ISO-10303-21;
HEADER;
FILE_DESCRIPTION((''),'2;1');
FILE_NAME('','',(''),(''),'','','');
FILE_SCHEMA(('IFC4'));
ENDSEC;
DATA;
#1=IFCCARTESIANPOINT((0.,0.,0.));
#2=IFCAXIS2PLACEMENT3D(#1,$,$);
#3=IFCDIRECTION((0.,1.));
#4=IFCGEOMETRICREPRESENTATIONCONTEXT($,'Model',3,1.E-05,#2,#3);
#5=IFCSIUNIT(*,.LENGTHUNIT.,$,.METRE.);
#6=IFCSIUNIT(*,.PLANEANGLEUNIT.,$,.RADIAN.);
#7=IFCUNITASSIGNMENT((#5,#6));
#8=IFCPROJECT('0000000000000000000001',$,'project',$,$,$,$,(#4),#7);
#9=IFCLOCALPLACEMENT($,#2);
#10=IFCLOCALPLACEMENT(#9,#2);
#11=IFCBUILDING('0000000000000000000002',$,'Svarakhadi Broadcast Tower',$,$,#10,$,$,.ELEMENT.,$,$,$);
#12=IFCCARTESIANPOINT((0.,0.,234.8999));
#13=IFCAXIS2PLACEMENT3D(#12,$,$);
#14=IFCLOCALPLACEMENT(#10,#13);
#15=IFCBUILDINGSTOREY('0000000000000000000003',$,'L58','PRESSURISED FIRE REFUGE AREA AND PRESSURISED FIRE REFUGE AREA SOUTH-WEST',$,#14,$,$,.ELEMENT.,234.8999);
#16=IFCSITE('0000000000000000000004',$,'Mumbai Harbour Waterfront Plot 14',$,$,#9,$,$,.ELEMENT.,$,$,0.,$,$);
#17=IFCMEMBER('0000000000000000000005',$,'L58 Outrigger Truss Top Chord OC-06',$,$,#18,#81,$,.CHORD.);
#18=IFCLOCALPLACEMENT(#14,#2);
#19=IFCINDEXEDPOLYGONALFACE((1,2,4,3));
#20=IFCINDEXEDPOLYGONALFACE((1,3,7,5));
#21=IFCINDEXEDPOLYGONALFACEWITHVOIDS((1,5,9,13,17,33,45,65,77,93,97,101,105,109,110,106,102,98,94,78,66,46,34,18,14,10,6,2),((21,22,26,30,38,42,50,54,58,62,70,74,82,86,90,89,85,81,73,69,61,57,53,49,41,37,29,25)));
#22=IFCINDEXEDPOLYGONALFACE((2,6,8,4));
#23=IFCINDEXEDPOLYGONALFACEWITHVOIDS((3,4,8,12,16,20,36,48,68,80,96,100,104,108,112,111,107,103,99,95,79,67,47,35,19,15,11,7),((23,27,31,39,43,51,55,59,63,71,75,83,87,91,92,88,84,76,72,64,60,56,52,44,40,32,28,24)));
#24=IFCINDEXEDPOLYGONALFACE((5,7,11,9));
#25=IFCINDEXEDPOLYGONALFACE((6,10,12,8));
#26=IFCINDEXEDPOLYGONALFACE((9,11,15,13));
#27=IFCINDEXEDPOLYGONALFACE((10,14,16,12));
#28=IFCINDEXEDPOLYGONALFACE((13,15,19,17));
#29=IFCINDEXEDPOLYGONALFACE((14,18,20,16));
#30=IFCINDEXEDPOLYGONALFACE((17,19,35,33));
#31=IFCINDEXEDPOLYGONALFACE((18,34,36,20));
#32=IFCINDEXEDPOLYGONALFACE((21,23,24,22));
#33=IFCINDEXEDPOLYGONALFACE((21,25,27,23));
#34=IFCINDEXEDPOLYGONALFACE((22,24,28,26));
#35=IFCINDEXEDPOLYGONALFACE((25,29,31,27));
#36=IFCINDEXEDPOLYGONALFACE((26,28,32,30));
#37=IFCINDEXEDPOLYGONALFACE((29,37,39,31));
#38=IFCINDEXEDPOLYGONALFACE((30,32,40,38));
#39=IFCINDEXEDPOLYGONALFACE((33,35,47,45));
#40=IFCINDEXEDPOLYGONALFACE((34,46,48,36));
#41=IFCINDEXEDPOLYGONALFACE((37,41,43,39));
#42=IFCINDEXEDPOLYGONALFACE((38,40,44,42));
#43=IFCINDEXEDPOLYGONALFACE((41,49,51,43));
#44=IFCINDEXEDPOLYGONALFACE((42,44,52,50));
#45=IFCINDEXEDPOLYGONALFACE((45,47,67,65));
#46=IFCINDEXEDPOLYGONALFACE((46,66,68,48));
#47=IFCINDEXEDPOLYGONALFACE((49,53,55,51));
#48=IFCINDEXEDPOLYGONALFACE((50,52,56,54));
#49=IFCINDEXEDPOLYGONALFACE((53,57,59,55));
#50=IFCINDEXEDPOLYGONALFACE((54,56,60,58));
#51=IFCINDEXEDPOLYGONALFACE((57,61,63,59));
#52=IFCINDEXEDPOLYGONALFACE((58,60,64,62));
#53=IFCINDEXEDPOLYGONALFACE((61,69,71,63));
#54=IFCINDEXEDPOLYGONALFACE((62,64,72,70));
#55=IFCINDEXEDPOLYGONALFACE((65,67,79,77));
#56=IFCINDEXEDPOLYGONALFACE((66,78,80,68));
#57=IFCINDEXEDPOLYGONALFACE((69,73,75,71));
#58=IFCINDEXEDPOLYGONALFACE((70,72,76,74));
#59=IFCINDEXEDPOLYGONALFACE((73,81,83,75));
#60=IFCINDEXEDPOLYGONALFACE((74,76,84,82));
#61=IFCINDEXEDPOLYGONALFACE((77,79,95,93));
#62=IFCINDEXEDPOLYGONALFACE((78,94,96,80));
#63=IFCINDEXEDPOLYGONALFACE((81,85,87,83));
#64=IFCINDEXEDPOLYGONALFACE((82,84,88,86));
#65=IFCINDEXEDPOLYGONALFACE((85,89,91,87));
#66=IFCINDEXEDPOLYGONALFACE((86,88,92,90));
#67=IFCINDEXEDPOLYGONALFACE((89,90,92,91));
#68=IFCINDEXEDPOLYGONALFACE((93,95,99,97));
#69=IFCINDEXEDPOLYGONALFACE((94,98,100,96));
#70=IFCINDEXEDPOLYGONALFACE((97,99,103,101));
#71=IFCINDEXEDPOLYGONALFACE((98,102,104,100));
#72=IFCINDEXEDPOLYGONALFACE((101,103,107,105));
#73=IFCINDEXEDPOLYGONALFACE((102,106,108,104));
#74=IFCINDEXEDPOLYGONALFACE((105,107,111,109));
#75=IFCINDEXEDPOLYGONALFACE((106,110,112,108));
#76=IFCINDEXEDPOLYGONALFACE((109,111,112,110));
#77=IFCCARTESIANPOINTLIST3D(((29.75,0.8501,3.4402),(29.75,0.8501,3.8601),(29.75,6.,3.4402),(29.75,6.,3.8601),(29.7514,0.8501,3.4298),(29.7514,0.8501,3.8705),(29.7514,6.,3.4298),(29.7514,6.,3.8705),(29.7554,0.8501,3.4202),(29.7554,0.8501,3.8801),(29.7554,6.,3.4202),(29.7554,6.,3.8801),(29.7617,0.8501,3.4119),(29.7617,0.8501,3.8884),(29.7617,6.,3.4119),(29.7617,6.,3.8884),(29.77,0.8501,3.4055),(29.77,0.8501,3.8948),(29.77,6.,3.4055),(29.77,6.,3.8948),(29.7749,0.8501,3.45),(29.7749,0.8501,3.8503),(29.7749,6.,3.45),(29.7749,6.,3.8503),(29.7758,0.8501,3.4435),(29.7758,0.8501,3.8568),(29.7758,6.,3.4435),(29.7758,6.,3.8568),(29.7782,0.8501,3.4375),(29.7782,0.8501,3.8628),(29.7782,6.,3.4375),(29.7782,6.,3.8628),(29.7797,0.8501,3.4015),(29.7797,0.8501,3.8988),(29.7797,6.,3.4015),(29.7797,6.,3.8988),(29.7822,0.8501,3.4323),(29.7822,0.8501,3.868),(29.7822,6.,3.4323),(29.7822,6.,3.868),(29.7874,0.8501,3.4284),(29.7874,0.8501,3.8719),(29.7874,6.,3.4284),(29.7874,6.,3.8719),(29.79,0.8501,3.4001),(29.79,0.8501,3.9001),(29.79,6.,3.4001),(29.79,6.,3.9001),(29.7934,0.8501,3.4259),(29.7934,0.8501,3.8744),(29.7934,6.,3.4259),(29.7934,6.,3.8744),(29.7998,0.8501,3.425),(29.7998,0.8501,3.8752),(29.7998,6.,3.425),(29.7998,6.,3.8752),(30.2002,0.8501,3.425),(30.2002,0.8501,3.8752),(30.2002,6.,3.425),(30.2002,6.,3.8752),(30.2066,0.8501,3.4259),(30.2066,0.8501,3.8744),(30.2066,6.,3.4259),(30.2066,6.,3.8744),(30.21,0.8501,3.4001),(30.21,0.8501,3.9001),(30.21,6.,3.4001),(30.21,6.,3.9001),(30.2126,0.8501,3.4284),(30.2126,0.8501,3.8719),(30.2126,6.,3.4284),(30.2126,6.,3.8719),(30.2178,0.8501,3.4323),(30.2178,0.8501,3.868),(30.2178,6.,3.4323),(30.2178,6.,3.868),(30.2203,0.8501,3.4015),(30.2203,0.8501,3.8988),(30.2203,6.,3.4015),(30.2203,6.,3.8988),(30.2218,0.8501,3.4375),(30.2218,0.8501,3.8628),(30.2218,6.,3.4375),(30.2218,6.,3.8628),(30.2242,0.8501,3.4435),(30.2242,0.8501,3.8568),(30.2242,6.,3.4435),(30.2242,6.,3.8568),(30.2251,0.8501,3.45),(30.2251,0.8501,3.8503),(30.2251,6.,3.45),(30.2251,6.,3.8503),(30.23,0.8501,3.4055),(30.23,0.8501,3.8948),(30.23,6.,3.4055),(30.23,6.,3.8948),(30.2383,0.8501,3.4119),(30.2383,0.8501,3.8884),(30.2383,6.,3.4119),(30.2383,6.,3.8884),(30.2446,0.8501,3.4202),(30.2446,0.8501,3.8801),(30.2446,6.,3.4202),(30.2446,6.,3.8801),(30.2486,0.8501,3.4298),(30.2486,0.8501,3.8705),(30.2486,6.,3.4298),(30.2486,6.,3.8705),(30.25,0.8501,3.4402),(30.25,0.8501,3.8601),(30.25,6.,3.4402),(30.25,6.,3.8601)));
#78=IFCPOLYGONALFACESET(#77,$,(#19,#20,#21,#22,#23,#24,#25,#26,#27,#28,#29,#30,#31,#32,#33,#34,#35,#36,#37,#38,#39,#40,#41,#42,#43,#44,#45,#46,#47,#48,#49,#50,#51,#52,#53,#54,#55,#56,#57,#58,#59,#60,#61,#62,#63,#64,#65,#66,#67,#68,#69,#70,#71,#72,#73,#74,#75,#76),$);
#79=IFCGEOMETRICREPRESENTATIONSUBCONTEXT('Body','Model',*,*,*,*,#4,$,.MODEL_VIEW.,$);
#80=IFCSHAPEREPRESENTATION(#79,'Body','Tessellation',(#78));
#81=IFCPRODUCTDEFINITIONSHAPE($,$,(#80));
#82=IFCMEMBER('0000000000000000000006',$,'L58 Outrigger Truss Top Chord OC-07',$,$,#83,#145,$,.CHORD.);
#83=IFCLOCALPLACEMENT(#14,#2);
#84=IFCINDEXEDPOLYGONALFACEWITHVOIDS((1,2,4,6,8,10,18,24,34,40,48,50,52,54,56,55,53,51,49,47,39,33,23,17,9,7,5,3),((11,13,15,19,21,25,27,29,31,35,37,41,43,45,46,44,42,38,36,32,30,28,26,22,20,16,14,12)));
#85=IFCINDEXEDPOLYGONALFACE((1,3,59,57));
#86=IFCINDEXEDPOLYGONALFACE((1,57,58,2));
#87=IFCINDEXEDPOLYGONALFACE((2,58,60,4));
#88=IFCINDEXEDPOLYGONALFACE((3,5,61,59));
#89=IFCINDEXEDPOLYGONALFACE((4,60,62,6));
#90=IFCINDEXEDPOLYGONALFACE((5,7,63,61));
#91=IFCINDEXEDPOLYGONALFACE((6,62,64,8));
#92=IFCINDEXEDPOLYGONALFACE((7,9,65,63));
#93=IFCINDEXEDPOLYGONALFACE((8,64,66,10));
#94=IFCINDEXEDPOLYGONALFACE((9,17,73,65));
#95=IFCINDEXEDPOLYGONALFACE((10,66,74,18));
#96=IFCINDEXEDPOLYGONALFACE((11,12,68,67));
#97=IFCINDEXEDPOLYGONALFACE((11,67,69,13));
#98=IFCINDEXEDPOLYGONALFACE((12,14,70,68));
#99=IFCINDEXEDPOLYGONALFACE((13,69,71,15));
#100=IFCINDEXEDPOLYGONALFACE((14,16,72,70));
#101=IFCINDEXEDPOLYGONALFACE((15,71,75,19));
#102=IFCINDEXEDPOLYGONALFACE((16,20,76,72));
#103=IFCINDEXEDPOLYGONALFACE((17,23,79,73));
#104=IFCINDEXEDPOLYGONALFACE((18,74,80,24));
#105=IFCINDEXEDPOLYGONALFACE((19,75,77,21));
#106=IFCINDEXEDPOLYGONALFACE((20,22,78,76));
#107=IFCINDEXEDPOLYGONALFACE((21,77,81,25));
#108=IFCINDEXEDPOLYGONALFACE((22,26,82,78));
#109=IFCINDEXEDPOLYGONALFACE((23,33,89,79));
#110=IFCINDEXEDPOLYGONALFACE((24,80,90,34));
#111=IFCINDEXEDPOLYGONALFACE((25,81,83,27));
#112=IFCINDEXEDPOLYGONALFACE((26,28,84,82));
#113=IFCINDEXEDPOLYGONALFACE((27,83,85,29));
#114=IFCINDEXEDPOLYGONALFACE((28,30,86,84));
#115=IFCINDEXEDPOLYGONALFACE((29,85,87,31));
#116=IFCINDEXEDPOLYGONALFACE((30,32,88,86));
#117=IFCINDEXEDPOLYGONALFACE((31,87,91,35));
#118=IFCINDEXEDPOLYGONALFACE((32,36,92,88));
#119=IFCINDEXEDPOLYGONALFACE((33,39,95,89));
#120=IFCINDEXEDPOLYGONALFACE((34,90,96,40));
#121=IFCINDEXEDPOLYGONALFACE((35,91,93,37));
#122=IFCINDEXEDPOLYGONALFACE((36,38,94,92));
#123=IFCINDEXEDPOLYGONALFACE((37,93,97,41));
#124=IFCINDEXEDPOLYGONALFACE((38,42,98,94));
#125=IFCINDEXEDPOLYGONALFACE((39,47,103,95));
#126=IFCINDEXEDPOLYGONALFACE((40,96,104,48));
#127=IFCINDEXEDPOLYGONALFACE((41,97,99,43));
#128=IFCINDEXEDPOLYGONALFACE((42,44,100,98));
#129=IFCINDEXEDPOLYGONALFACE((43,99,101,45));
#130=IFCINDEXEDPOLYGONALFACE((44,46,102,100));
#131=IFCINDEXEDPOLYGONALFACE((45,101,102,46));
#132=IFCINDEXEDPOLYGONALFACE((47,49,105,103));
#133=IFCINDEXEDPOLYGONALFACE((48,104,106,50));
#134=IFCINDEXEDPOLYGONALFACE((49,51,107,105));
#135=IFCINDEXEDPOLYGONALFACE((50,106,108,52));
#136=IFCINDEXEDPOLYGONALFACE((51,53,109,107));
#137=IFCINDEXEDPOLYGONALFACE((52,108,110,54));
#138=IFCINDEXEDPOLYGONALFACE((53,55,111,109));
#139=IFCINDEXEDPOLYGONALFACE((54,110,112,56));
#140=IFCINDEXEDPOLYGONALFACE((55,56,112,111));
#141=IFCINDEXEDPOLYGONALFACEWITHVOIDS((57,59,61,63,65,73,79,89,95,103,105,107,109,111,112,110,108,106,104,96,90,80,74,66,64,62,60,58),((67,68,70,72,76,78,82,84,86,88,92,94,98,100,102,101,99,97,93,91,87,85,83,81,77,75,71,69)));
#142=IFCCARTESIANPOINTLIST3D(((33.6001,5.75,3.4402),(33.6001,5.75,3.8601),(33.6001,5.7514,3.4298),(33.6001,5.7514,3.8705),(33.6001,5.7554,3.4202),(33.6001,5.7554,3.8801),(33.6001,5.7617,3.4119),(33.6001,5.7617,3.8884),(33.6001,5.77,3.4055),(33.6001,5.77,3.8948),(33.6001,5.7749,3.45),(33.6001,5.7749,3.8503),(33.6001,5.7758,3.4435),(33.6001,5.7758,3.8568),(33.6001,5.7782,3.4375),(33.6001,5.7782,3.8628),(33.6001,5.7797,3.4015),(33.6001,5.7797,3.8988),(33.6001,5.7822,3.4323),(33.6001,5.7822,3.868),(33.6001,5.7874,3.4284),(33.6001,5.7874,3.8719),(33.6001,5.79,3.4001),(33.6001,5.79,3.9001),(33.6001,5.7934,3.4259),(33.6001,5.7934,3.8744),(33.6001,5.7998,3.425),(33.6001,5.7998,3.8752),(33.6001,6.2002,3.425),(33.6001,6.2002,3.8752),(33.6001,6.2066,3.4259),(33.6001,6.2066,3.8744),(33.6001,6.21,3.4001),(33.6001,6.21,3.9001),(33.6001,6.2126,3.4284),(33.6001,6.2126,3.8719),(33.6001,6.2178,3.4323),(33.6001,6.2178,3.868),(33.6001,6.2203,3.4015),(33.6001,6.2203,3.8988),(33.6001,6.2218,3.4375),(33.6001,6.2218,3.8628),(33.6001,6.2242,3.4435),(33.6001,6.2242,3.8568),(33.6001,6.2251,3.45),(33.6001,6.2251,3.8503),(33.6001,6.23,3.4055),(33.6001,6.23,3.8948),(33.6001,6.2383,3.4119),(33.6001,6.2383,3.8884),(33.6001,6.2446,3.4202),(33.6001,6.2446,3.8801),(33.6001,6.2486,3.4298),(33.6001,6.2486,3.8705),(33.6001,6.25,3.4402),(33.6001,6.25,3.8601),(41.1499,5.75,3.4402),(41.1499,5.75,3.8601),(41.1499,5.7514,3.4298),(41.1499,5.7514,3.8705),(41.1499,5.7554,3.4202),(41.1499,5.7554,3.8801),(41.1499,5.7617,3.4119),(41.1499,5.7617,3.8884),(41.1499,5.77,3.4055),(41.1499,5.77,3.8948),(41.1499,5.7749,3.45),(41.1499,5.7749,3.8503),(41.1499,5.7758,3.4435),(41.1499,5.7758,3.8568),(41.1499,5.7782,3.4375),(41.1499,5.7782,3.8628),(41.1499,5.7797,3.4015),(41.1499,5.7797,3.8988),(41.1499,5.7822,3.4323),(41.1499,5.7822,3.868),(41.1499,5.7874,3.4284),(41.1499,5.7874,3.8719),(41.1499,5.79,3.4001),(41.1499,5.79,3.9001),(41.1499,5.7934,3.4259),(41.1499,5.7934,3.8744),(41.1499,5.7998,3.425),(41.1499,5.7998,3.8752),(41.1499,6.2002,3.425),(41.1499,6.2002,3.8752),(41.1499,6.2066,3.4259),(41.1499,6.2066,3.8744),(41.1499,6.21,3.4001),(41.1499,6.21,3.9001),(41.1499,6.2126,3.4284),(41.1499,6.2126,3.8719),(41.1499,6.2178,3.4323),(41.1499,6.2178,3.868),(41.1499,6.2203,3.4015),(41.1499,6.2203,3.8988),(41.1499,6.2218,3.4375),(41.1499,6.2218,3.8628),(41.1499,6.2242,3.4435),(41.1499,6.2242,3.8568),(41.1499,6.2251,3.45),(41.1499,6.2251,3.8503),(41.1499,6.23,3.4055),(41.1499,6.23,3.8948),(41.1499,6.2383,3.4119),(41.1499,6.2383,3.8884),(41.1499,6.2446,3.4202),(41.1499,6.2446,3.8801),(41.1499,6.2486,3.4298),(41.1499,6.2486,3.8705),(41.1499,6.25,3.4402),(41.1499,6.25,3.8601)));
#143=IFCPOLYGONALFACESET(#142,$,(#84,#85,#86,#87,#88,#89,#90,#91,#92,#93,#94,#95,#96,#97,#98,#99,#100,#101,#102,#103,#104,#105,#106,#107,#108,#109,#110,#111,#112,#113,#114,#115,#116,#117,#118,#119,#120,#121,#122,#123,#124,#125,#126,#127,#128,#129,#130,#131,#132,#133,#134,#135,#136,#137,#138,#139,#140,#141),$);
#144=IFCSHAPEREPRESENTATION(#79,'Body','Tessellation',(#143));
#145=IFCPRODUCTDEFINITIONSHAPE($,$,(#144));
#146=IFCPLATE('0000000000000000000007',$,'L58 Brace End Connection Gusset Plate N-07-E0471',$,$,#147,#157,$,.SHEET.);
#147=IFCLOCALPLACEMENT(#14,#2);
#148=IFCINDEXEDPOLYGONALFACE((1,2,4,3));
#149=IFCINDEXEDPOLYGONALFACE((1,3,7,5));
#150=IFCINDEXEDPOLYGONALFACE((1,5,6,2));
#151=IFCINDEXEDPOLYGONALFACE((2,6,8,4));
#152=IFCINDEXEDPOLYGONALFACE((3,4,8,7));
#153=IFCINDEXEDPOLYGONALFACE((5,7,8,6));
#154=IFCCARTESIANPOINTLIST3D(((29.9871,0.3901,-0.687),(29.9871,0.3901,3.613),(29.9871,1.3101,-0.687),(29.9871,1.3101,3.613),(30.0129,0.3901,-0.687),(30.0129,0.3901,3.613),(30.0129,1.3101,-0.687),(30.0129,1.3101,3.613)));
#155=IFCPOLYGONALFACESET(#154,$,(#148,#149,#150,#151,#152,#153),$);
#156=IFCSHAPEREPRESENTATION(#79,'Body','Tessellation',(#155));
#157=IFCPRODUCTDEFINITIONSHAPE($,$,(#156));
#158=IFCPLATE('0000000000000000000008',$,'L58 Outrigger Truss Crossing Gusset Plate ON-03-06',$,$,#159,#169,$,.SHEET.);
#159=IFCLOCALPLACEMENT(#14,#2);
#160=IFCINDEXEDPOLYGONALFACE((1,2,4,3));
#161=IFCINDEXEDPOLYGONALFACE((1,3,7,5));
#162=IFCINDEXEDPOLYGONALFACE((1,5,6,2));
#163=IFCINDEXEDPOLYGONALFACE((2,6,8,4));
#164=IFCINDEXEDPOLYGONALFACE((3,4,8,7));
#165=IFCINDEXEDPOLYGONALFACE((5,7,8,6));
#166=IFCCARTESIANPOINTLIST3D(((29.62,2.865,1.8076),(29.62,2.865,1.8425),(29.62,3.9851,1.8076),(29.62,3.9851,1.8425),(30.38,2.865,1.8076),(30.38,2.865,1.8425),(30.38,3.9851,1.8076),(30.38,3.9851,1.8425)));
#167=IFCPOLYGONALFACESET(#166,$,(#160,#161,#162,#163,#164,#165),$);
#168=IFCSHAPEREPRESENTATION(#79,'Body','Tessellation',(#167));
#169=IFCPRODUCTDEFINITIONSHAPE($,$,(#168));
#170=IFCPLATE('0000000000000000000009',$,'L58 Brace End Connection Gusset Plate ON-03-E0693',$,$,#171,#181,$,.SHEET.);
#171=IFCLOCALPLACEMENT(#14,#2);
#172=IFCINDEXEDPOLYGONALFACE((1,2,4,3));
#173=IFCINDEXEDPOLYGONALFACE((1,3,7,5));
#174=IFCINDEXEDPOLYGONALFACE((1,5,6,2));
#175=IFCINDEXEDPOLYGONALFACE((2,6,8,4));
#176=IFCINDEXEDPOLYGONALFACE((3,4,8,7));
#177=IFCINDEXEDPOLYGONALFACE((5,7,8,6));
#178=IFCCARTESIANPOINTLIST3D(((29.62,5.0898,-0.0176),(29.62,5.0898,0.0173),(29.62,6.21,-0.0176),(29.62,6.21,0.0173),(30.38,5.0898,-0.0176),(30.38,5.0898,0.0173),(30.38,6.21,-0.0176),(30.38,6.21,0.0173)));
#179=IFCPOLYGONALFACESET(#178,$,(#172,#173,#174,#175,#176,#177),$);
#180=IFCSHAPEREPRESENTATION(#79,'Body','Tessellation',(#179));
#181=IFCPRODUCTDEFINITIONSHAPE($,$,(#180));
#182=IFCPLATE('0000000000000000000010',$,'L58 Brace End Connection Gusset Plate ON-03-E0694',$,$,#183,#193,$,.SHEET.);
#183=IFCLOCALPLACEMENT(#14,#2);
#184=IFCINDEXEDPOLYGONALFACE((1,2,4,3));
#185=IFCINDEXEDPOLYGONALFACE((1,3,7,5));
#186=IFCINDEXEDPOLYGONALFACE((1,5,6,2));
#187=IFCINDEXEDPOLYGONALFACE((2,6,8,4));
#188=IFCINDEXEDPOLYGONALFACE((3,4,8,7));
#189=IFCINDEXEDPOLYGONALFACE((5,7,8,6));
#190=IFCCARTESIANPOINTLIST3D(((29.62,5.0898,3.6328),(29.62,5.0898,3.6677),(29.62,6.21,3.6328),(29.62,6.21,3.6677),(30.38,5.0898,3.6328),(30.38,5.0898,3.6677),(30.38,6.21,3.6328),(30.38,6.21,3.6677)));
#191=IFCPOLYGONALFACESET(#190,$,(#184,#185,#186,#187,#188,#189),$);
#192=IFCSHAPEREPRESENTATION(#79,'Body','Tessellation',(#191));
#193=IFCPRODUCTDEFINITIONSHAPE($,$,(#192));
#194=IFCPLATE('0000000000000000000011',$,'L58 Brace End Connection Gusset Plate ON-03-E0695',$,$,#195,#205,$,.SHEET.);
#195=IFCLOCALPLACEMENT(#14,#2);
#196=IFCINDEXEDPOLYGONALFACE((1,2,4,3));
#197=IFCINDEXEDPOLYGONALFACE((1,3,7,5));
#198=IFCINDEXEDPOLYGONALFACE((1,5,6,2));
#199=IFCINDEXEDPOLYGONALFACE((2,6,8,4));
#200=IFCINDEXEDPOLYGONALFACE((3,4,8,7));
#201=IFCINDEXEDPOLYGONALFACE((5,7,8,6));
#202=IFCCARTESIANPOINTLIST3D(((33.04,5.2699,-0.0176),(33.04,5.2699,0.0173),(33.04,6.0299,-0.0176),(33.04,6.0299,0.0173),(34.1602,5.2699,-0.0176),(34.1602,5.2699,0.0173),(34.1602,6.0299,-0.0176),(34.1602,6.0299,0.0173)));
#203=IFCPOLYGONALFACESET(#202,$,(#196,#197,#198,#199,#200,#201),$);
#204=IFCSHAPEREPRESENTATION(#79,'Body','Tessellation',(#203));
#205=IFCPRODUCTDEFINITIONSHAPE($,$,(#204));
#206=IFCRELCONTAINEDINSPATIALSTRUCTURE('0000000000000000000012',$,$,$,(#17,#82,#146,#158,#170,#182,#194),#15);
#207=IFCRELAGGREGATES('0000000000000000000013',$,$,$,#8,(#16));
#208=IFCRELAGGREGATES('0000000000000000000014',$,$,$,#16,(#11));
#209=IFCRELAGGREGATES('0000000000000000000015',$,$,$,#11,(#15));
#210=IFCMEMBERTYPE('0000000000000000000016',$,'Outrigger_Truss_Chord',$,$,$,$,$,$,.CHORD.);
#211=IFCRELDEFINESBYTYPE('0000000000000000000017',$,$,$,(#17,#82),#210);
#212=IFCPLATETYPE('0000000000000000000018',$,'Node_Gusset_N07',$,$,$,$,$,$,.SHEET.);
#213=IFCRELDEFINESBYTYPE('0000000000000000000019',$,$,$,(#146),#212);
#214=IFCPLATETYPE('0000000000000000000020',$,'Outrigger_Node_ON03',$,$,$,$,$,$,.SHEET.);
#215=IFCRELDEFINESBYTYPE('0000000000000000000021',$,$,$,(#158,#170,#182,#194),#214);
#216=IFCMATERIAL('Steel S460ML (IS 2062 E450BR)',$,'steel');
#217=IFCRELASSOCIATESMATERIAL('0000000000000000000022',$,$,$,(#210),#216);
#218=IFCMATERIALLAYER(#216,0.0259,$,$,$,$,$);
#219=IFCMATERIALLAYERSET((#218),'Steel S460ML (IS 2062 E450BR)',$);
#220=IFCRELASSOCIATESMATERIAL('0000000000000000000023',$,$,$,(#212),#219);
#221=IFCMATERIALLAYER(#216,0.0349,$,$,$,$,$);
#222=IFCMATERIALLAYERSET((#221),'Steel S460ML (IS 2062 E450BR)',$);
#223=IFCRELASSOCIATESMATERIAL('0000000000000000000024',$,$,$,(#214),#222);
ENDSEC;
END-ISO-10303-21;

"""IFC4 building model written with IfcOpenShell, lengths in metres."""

from ifc_helpers import new_model, si_unit, direction, frame, origin, origin_2d, place, context, subcontext, project, spatial, rectangle, hollow_rectangle, extrude, material, layer, layer_set, material_profile, profile_set, type_object, element, save


model = new_model("IFC4")

# Units and contexts
model_context = context("Model", 3, precision=1e-05, world=origin(), true_north=direction((0.0, 1.0)))
body_context = subcontext(model_context, "Body", "Model", "MODEL_VIEW")
ifc_project = project(units=[si_unit("LENGTHUNIT", "METRE"), si_unit("PLANEANGLEUNIT", "RADIAN")], contexts=[model_context])

# Site, building, storey
site_placement = place(None, origin())
site = spatial("IfcSite", under=ifc_project, at=site_placement, Name="Mumbai Harbour Waterfront Plot 14", CompositionType="ELEMENT", RefElevation=0.0)
building_placement = place(site_placement, origin())
building = spatial("IfcBuilding", under=site, at=building_placement, Name="Svarakhadi Broadcast Tower", CompositionType="ELEMENT")
storey_placement = place(building_placement, frame((0.0, 0.0, 234.8999)))
storey = spatial("IfcBuildingStorey", under=building, at=storey_placement, Name="L58", Description="PRESSURISED FIRE REFUGE AREA AND PRESSURISED FIRE REFUGE AREA SOUTH-WEST", CompositionType="ELEMENT", Elevation=234.8999)

# Shared definitions
ifc_material_1 = material(Name="Steel S460ML (IS 2062 E450BR)", Category="steel")

# Members
ifc_material_profile_1 = material_profile(ifc_material_1, hollow_rectangle(XDim=0.5, YDim=0.5, WallThickness=0.0249, InnerFilletRadius=0.0249, OuterFilletRadius=0.04, at=origin_2d()), Name="SHS 500x500x25")
ifc_profile_set_1 = profile_set([ifc_material_profile_1], Name="Steel S460ML (IS 2062 E450BR)")
member_type_1 = type_object("IfcMemberType", Name="Outrigger_Truss_Chord", PredefinedType="CHORD", material=ifc_profile_set_1)
member_1_placement = place(storey_placement, frame((30.0, 6.0, 3.6501), z_axis=(0.0, -1.0, 0.0), x_axis=(1.0, 0.0, 0.0)))
element("IfcMember", 1, at=member_1_placement, inside=storey, type_object=member_type_1, Name="L58 Outrigger Truss Top Chord OC-06", PredefinedType="CHORD", context=body_context, shape_type="SweptSolid", body=[
    extrude(hollow_rectangle(XDim=0.5, YDim=0.5, WallThickness=0.0249, InnerFilletRadius=0.0249, OuterFilletRadius=0.04, at=origin_2d()), origin(), (0.0, 0.0, 1.0), 5.1499),
])
member_2_placement = place(storey_placement, frame((33.6001, 6.0, 3.6501), z_axis=(1.0, 0.0, 0.0), x_axis=(0.0, 1.0, 0.0)))
element("IfcMember", 2, at=member_2_placement, inside=storey, type_object=member_type_1, Name="L58 Outrigger Truss Top Chord OC-07", PredefinedType="CHORD", context=body_context, shape_type="SweptSolid", body=[
    extrude(hollow_rectangle(XDim=0.5, YDim=0.5, WallThickness=0.0249, InnerFilletRadius=0.0249, OuterFilletRadius=0.04, at=origin_2d()), origin(), (0.0, 0.0, 1.0), 7.5498),
])

# Plates
ifc_layer_1 = layer(ifc_material_1, 0.0259)
ifc_layer_set_1 = layer_set([ifc_layer_1], Name="Steel S460ML (IS 2062 E450BR)")
plate_type_1 = type_object("IfcPlateType", Name="Node_Gusset_N07", PredefinedType="SHEET", material=ifc_layer_set_1)
plate_placement = place(storey_placement, frame((30.0, 0.8501, -0.687), z_axis=(0.0, 0.0, 1.0), x_axis=(0.0, 1.0, 0.0)))
element("IfcPlate", 3, at=plate_placement, inside=storey, type_object=plate_type_1, Name="L58 Brace End Connection Gusset Plate N-07-E0471", PredefinedType="SHEET", context=body_context, shape_type="SweptSolid", body=[
    extrude(rectangle(XDim=0.9199, YDim=0.0259, at=origin_2d()), origin(), (0.0, 0.0, 1.0), 4.3),
])
ifc_layer_2 = layer(ifc_material_1, 0.0349)
ifc_layer_set_2 = layer_set([ifc_layer_2], Name="Steel S460ML (IS 2062 E450BR)")
plate_type_2 = type_object("IfcPlateType", Name="Outrigger_Node_ON03", PredefinedType="SHEET", material=ifc_layer_set_2)
for number, where, z_axis, x_axis, name in (
    (4, (30.0, 3.425, 1.8076), (0.0, 0.0, 1.0), (0.0, 1.0, 0.0), "L58 Outrigger Truss Crossing Gusset Plate ON-03-06"),
    (5, (30.0, 5.6499, -0.0176), (0.0, 0.0, 1.0), (0.0, 1.0, 0.0), "L58 Brace End Connection Gusset Plate ON-03-E0693"),
    (6, (30.0, 5.6499, 3.6328), (0.0, 0.0, 1.0), (0.0, 1.0, 0.0), "L58 Brace End Connection Gusset Plate ON-03-E0694"),
    (7, (33.6001, 5.6499, -0.0176), (0.0, 0.0, 1.0), (1.0, 0.0, 0.0), "L58 Brace End Connection Gusset Plate ON-03-E0695"),
):
    element("IfcPlate", number, at=place(storey_placement, frame(where, z_axis=z_axis, x_axis=x_axis)), inside=storey, type_object=plate_type_2, Name=name, PredefinedType="SHEET", context=body_context, shape_type="SweptSolid", body=[
        extrude(rectangle(XDim=1.1201, YDim=0.76, at=origin_2d()), origin(), (0.0, 0.0, 1.0), 0.0349),
    ])

save(model, "model.ifc")
